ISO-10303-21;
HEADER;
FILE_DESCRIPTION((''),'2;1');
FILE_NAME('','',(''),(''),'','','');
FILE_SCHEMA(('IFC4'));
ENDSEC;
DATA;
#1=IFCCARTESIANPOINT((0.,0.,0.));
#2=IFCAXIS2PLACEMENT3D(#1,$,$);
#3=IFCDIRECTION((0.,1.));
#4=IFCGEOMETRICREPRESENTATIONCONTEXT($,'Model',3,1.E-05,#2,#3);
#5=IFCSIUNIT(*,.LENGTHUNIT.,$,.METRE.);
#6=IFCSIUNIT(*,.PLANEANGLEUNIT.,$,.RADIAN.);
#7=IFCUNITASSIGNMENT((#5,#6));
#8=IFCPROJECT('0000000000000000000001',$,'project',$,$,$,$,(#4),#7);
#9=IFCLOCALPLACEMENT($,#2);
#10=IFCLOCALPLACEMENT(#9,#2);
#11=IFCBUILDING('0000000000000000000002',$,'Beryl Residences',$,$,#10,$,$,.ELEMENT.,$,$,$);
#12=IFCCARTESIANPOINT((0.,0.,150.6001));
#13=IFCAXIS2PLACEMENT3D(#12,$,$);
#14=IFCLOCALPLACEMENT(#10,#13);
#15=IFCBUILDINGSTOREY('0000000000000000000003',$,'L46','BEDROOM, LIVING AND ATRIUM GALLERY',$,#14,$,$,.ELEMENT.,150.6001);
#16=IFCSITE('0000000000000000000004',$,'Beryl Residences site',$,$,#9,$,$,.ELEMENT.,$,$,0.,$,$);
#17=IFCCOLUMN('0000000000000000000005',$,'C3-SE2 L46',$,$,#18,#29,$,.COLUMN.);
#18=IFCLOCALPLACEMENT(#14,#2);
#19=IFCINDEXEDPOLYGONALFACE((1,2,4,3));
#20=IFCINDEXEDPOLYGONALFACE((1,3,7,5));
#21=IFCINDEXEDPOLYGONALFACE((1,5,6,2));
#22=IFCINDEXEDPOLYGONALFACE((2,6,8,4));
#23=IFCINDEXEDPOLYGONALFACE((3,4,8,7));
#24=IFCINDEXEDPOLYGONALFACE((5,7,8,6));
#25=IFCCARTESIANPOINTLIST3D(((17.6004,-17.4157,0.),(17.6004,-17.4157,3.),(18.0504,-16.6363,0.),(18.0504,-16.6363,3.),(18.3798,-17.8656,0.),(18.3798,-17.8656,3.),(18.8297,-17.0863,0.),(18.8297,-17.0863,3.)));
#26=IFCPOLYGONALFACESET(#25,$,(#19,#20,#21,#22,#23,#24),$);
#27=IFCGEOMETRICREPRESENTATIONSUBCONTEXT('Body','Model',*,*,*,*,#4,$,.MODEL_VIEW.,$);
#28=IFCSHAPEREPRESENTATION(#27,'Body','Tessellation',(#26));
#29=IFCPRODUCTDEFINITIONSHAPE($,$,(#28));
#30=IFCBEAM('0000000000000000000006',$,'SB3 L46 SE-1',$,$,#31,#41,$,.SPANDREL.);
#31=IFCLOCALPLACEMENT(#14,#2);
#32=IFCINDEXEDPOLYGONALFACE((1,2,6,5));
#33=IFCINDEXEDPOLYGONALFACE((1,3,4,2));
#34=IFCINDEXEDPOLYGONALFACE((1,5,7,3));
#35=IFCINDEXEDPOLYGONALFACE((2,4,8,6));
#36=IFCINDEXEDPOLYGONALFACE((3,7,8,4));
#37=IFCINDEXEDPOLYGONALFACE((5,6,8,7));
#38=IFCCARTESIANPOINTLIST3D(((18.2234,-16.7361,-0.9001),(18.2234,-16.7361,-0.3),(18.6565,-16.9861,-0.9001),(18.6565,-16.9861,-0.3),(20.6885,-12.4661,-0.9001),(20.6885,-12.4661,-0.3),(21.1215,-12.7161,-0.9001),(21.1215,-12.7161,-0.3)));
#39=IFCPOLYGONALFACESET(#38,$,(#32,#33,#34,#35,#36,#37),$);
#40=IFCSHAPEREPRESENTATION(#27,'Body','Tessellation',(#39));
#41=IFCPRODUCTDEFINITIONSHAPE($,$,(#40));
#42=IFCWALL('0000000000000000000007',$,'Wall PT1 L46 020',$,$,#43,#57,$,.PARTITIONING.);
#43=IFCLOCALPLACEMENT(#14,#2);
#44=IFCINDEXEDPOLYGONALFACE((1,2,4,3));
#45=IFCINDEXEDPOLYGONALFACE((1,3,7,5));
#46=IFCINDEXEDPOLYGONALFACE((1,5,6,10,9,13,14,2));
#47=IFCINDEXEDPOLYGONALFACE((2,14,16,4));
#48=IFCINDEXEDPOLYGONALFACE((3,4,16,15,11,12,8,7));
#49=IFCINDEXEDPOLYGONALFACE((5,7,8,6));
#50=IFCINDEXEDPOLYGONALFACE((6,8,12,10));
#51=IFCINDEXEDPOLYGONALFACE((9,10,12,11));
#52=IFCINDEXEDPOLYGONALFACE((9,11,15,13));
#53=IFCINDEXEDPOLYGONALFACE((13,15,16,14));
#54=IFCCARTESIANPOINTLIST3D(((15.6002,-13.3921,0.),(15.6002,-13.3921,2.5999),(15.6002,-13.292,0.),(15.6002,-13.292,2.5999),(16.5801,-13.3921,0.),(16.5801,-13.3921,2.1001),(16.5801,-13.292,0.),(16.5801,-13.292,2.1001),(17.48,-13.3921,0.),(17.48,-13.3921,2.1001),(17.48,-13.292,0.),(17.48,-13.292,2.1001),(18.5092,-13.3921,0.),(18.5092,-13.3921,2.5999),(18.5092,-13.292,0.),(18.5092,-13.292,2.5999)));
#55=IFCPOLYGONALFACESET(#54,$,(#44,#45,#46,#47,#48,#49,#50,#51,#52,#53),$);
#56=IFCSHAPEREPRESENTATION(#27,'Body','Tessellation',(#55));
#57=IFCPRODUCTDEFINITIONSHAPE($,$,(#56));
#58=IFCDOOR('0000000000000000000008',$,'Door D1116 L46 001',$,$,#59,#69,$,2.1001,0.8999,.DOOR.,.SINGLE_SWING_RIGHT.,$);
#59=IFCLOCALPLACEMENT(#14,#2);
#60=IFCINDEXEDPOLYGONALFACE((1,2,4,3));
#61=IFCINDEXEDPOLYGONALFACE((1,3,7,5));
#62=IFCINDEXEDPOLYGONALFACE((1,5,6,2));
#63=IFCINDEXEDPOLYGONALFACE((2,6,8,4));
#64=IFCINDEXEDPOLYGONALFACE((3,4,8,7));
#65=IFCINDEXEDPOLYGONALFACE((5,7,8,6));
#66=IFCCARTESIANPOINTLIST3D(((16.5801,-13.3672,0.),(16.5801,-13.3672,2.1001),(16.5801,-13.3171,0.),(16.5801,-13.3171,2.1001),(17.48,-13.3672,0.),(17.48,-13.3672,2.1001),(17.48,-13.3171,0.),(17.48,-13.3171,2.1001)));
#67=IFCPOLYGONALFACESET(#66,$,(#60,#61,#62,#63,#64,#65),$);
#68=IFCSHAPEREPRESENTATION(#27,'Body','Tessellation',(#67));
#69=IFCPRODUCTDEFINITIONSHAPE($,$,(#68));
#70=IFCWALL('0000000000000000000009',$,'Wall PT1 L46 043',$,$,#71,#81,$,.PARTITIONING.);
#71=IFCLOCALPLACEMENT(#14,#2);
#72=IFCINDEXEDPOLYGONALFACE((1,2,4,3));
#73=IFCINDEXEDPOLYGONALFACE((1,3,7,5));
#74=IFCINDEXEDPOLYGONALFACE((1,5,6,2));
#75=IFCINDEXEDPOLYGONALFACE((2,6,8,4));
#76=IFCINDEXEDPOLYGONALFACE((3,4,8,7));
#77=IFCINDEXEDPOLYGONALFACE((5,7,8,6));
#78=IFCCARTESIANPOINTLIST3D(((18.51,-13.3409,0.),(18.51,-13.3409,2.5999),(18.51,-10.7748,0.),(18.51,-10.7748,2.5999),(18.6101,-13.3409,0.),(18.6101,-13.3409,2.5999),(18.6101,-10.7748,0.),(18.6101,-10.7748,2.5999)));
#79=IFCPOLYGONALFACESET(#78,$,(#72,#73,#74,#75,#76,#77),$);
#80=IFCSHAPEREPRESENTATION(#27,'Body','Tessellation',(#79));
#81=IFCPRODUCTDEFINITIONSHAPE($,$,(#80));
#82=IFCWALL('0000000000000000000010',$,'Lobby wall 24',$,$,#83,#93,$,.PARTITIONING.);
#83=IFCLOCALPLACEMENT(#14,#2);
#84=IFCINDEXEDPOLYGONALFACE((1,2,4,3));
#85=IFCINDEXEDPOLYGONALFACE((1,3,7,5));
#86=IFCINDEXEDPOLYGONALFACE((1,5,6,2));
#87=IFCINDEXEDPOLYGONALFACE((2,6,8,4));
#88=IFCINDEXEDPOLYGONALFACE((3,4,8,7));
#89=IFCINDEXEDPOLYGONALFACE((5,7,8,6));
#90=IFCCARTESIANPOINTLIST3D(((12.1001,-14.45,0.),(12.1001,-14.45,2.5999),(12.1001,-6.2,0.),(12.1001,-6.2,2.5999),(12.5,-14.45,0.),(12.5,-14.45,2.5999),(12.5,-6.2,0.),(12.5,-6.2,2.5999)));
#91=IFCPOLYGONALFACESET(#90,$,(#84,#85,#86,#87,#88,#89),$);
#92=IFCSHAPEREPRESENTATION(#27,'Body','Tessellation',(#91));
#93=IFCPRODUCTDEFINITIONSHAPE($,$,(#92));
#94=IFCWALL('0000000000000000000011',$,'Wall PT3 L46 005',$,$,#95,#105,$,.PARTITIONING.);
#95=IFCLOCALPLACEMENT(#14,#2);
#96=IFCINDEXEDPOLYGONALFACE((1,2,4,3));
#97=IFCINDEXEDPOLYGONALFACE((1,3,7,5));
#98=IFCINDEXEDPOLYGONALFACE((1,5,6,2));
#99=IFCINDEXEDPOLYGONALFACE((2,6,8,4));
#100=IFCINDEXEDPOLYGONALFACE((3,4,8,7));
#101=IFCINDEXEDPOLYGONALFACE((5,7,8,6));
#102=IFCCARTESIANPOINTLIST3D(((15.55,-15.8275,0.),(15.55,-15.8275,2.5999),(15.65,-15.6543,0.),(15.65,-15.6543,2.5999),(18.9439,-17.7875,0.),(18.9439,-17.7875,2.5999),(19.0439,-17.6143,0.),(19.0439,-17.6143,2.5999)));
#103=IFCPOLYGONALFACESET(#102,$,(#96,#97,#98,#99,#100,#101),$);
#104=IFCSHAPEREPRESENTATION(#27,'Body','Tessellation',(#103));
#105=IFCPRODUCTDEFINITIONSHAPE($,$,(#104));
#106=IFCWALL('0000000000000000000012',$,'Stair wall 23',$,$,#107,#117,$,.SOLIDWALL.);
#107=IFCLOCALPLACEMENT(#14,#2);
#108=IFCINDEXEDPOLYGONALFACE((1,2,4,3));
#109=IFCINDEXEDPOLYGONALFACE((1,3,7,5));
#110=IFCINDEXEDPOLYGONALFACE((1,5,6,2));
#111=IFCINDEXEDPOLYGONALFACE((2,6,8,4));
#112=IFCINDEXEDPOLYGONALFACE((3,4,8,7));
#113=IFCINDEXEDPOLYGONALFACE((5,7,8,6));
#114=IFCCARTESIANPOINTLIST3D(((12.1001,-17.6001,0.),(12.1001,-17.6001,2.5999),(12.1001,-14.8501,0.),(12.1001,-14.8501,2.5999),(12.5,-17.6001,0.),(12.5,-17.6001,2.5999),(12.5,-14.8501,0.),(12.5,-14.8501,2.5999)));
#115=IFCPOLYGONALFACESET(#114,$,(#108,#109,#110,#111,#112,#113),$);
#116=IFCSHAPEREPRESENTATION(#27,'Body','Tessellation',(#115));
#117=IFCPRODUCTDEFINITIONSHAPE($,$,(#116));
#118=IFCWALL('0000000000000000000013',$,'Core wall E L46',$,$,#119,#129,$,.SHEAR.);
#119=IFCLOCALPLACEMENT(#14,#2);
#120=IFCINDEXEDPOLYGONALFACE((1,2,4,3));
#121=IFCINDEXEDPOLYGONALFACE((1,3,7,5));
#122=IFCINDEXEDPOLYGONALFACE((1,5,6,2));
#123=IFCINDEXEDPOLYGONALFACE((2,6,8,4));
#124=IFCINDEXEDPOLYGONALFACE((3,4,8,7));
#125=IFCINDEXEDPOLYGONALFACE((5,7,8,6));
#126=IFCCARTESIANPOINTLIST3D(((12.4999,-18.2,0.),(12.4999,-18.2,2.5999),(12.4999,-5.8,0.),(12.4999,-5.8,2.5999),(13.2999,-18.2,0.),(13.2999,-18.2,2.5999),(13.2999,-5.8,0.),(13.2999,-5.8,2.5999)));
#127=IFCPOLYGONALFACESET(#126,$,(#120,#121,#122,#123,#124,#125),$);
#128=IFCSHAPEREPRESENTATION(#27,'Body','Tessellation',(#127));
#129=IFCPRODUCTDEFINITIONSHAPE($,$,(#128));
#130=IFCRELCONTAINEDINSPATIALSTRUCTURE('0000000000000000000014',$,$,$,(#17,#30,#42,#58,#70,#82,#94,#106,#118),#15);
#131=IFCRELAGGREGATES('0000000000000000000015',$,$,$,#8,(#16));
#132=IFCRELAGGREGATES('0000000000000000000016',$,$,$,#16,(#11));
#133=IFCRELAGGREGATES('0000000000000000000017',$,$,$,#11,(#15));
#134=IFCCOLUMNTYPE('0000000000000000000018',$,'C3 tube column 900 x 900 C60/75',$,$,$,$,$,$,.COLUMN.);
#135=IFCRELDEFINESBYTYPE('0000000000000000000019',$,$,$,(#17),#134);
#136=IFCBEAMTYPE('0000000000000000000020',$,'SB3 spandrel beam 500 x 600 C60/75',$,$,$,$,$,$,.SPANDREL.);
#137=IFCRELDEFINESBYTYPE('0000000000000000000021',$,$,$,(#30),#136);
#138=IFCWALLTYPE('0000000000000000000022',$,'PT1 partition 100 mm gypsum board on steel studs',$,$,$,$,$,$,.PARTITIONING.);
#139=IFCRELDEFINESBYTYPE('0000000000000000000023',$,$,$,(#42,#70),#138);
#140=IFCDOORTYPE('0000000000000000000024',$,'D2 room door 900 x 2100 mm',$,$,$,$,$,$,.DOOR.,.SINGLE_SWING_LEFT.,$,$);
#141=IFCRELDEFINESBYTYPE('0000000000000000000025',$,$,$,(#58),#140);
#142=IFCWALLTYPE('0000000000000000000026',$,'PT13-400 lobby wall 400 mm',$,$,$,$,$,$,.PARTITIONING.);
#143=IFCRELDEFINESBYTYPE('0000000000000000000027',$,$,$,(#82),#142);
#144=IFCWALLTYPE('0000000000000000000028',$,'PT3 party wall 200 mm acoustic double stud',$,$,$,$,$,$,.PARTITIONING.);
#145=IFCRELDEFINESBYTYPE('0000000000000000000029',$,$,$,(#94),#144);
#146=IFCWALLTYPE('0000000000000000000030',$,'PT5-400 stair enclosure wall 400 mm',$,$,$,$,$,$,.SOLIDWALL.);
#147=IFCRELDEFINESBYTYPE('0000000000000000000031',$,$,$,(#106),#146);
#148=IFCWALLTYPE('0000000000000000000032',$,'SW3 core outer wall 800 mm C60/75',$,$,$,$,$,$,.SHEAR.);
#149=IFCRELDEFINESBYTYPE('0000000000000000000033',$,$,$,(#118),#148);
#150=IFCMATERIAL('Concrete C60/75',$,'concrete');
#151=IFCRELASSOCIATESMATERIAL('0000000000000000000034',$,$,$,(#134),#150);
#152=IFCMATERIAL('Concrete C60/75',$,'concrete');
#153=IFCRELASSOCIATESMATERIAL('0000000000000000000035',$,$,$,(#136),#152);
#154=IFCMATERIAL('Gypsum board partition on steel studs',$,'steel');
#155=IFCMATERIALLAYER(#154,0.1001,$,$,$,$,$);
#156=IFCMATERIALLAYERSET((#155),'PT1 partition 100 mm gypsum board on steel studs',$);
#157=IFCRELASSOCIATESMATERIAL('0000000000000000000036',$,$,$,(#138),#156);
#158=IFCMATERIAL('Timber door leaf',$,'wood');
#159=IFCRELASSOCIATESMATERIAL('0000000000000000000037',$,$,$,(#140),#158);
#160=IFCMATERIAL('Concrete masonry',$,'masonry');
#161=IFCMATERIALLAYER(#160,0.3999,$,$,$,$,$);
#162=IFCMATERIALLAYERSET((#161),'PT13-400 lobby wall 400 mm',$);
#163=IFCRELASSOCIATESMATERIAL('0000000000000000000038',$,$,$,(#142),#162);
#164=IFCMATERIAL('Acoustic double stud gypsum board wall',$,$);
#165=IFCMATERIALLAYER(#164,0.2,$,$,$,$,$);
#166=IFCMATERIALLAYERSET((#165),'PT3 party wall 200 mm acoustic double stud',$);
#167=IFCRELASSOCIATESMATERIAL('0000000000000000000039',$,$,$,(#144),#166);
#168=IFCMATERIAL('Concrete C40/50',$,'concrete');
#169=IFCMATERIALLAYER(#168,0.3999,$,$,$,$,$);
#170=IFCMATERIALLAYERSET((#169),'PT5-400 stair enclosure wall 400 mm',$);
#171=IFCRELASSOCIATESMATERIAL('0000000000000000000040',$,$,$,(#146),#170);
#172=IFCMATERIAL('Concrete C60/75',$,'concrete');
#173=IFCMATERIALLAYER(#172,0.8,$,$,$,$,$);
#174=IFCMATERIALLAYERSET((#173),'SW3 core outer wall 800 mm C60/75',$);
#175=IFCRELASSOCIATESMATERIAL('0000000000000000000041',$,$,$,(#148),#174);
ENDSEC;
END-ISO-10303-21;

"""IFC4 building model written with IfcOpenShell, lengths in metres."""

from ifc_helpers import new_model, si_unit, direction, frame, frame_2d, origin, origin_2d, place, context, subcontext, project, spatial, rectangle, extrude, material, layer, layer_set, material_profile, profile_set, type_object, element, fill, save


model = new_model("IFC4")

# Units and contexts
model_context = context("Model", 3, precision=1e-05, world=origin(), true_north=direction((0.0, 1.0)))
body_context = subcontext(model_context, "Body", "Model", "MODEL_VIEW")
ifc_project = project(units=[si_unit("LENGTHUNIT", "METRE"), si_unit("PLANEANGLEUNIT", "RADIAN")], contexts=[model_context])

# Site, building, storey
site_placement = place(None, origin())
site = spatial("IfcSite", under=ifc_project, at=site_placement, Name="Beryl Residences site", CompositionType="ELEMENT", RefElevation=0.0)
building_placement = place(site_placement, origin())
building = spatial("IfcBuilding", under=site, at=building_placement, Name="Beryl Residences", CompositionType="ELEMENT")
storey_placement = place(building_placement, frame((0.0, 0.0, 150.6001)))
storey = spatial("IfcBuildingStorey", under=building, at=storey_placement, Name="L46", Description="BEDROOM, LIVING AND ATRIUM GALLERY", CompositionType="ELEMENT", Elevation=150.6001)

# Column
ifc_material_1 = material(Name="Concrete C60/75", Category="concrete")
ifc_material_profile_1 = material_profile(ifc_material_1, rectangle(XDim=0.8999, YDim=0.8999, at=origin_2d()))
ifc_profile_set_1 = profile_set([ifc_material_profile_1], Name="Concrete C60/75")
column_type = type_object("IfcColumnType", Name="C3 tube column 900 x 900 C60/75", PredefinedType="COLUMN", material=ifc_profile_set_1)
column_placement = place(storey_placement, frame((18.2151, -17.251, 0.0), z_axis=(0.0, 0.0, 1.0), x_axis=(0.5, 0.866025, 0.0)))
element("IfcColumn", 1, at=column_placement, inside=storey, type_object=column_type, Name="C3-SE2 L46", PredefinedType="COLUMN", context=body_context, shape_type="SweptSolid", body=[
    extrude(rectangle(XDim=0.8999, YDim=0.8999, at=origin_2d()), origin(), (0.0, 0.0, 1.0), 3.0),
])

# Beam
ifc_material_2 = material(Name="Concrete C60/75", Category="concrete")
ifc_material_profile_2 = material_profile(ifc_material_2, rectangle(XDim=0.5, YDim=0.6001, at=origin_2d()))
ifc_profile_set_2 = profile_set([ifc_material_profile_2], Name="Concrete C60/75")
beam_type = type_object("IfcBeamType", Name="SB3 spandrel beam 500 x 600 C60/75", PredefinedType="SPANDREL", material=ifc_profile_set_2)
beam_placement = place(storey_placement, frame((18.4399, -16.8611, -0.6001), z_axis=(0.499968, 0.866044, 0.0), x_axis=(-0.866044, 0.499968, 0.0)))
element("IfcBeam", 2, at=beam_placement, inside=storey, type_object=beam_type, Name="SB3 L46 SE-1", PredefinedType="SPANDREL", context=body_context, shape_type="SweptSolid", body=[
    extrude(rectangle(XDim=0.5, YDim=0.6001, at=origin_2d()), origin(), (0.0, 0.0, 1.0), 4.9304),
])

# Wall, opening, door
ifc_material_3 = material(Name="Gypsum board partition on steel studs", Category="steel")
ifc_layer_1 = layer(ifc_material_3, 0.1001)
ifc_layer_set_1 = layer_set([ifc_layer_1], Name="PT1 partition 100 mm gypsum board on steel studs")
wall_type_1 = type_object("IfcWallType", Name="PT1 partition 100 mm gypsum board on steel studs", PredefinedType="PARTITIONING", material=ifc_layer_set_1)
wall_1_placement = place(storey_placement, frame((15.6001, -13.342, 0.0), z_axis=(0.0, 0.0, 1.0), x_axis=(1.0, 0.0, 0.0)))
wall_1 = element("IfcWall", 3, at=wall_1_placement, inside=storey, type_object=wall_type_1, Name="Wall PT1 L46 020", PredefinedType="PARTITIONING", context=body_context, shape_type="SweptSolid", body=[
    extrude(rectangle(XDim=2.9089, YDim=0.1001, at=frame_2d((1.4546, 0.0))), origin(), (0.0, 0.0, 1.0), 2.5999),
])
opening_placement = place(wall_1_placement, frame((0.98, 0.0, 0.0)))
opening = element("IfcOpeningElement", 4, at=opening_placement, cuts=wall_1, PredefinedType="OPENING", context=body_context, shape_type="SweptSolid", body=[
    extrude(rectangle(XDim=0.8999, YDim=2.1001, at=frame_2d((0.45, 1.05))), frame((0.0, 0.0601, 0.0), z_axis=(0.0, -1.0, 0.0), x_axis=(1.0, 0.0, 0.0)), (0.0, 0.0, 1.0), 0.1201),
])
ifc_material_4 = material(Name="Timber door leaf", Category="wood")
door_type = type_object("IfcDoorType", Name="D2 room door 900 x 2100 mm", OperationType="SINGLE_SWING_LEFT", PredefinedType="DOOR", material=ifc_material_4)
door_placement = place(opening_placement, origin())
door = element("IfcDoor", 5, at=door_placement, inside=storey, type_object=door_type, Name="Door D1116 L46 001", OperationType="SINGLE_SWING_RIGHT", OverallHeight=2.1001, OverallWidth=0.8999, PredefinedType="DOOR", context=body_context, shape_type="SweptSolid", body=[
    extrude(rectangle(XDim=0.8999, YDim=2.1001, at=frame_2d((0.45, 1.05))), frame((0.0, 0.0249, 0.0), z_axis=(0.0, -1.0, 0.0), x_axis=(1.0, 0.0, 0.0)), (0.0, 0.0, 1.0), 0.05),
])
fill(opening, door)

# Walls
wall_2_placement = place(storey_placement, frame((18.5601, -13.3411, 0.0), z_axis=(0.0, 0.0, 1.0), x_axis=(0.0, 1.0, 0.0)))
element("IfcWall", 6, at=wall_2_placement, inside=storey, type_object=wall_type_1, Name="Wall PT1 L46 043", PredefinedType="PARTITIONING", context=body_context, shape_type="SweptSolid", body=[
    extrude(rectangle(XDim=2.5662, YDim=0.1001, at=frame_2d((1.2832, 0.0))), origin(), (0.0, 0.0, 1.0), 2.5999),
])
ifc_material_5 = material(Name="Concrete masonry", Category="masonry")
ifc_layer_2 = layer(ifc_material_5, 0.3999)
ifc_layer_set_2 = layer_set([ifc_layer_2], Name="PT13-400 lobby wall 400 mm")
wall_type_2 = type_object("IfcWallType", Name="PT13-400 lobby wall 400 mm", PredefinedType="PARTITIONING", material=ifc_layer_set_2)
wall_3_placement = place(storey_placement, frame((12.3, -14.45, 0.0), z_axis=(0.0, 0.0, 1.0), x_axis=(0.0, 1.0, 0.0)))
element("IfcWall", 7, at=wall_3_placement, inside=storey, type_object=wall_type_2, Name="Lobby wall 24", PredefinedType="PARTITIONING", context=body_context, shape_type="SweptSolid", body=[
    extrude(rectangle(XDim=8.25, YDim=0.3999, at=frame_2d((4.125, 0.0))), origin(), (0.0, 0.0, 1.0), 2.5999),
])
ifc_material_6 = material(Name="Acoustic double stud gypsum board wall")
ifc_layer_3 = layer(ifc_material_6, 0.2)
ifc_layer_set_3 = layer_set([ifc_layer_3], Name="PT3 party wall 200 mm acoustic double stud")
wall_type_3 = type_object("IfcWallType", Name="PT3 party wall 200 mm acoustic double stud", PredefinedType="PARTITIONING", material=ifc_layer_set_3)
wall_4_placement = place(storey_placement, frame((15.6001, -15.741, 0.0), z_axis=(0.0, 0.0, 1.0), x_axis=(0.865965, -0.500105, 0.0)))
element("IfcWall", 8, at=wall_4_placement, inside=storey, type_object=wall_type_3, Name="Wall PT3 L46 005", PredefinedType="PARTITIONING", context=body_context, shape_type="SweptSolid", body=[
    extrude(rectangle(XDim=3.9192, YDim=0.2, at=frame_2d((1.9595, 0.0))), origin(), (0.0, 0.0, 1.0), 2.5999),
])
ifc_material_7 = material(Name="Concrete C40/50", Category="concrete")
ifc_layer_4 = layer(ifc_material_7, 0.3999)
ifc_layer_set_4 = layer_set([ifc_layer_4], Name="PT5-400 stair enclosure wall 400 mm")
wall_type_4 = type_object("IfcWallType", Name="PT5-400 stair enclosure wall 400 mm", PredefinedType="SOLIDWALL", material=ifc_layer_set_4)
wall_5_placement = place(storey_placement, frame((12.3, -17.6001, 0.0), z_axis=(0.0, 0.0, 1.0), x_axis=(0.0, 1.0, 0.0)))
element("IfcWall", 9, at=wall_5_placement, inside=storey, type_object=wall_type_4, Name="Stair wall 23", PredefinedType="SOLIDWALL", context=body_context, shape_type="SweptSolid", body=[
    extrude(rectangle(XDim=2.75, YDim=0.3999, at=frame_2d((1.375, 0.0))), origin(), (0.0, 0.0, 1.0), 2.5999),
])
ifc_material_8 = material(Name="Concrete C60/75", Category="concrete")
ifc_layer_5 = layer(ifc_material_8, 0.8)
ifc_layer_set_5 = layer_set([ifc_layer_5], Name="SW3 core outer wall 800 mm C60/75")
wall_type_5 = type_object("IfcWallType", Name="SW3 core outer wall 800 mm C60/75", PredefinedType="SHEAR", material=ifc_layer_set_5)
wall_6_placement = place(storey_placement, frame((12.8999, -18.2, 0.0), z_axis=(0.0, 0.0, 1.0), x_axis=(0.0, 1.0, 0.0)))
element("IfcWall", 10, at=wall_6_placement, inside=storey, type_object=wall_type_5, Name="Core wall E L46", PredefinedType="SHEAR", context=body_context, shape_type="SweptSolid", body=[
    extrude(rectangle(XDim=12.3999, YDim=0.8, at=frame_2d((6.2, 0.0))), origin(), (0.0, 0.0, 1.0), 2.5999),
])

save(model, "model.ifc")
